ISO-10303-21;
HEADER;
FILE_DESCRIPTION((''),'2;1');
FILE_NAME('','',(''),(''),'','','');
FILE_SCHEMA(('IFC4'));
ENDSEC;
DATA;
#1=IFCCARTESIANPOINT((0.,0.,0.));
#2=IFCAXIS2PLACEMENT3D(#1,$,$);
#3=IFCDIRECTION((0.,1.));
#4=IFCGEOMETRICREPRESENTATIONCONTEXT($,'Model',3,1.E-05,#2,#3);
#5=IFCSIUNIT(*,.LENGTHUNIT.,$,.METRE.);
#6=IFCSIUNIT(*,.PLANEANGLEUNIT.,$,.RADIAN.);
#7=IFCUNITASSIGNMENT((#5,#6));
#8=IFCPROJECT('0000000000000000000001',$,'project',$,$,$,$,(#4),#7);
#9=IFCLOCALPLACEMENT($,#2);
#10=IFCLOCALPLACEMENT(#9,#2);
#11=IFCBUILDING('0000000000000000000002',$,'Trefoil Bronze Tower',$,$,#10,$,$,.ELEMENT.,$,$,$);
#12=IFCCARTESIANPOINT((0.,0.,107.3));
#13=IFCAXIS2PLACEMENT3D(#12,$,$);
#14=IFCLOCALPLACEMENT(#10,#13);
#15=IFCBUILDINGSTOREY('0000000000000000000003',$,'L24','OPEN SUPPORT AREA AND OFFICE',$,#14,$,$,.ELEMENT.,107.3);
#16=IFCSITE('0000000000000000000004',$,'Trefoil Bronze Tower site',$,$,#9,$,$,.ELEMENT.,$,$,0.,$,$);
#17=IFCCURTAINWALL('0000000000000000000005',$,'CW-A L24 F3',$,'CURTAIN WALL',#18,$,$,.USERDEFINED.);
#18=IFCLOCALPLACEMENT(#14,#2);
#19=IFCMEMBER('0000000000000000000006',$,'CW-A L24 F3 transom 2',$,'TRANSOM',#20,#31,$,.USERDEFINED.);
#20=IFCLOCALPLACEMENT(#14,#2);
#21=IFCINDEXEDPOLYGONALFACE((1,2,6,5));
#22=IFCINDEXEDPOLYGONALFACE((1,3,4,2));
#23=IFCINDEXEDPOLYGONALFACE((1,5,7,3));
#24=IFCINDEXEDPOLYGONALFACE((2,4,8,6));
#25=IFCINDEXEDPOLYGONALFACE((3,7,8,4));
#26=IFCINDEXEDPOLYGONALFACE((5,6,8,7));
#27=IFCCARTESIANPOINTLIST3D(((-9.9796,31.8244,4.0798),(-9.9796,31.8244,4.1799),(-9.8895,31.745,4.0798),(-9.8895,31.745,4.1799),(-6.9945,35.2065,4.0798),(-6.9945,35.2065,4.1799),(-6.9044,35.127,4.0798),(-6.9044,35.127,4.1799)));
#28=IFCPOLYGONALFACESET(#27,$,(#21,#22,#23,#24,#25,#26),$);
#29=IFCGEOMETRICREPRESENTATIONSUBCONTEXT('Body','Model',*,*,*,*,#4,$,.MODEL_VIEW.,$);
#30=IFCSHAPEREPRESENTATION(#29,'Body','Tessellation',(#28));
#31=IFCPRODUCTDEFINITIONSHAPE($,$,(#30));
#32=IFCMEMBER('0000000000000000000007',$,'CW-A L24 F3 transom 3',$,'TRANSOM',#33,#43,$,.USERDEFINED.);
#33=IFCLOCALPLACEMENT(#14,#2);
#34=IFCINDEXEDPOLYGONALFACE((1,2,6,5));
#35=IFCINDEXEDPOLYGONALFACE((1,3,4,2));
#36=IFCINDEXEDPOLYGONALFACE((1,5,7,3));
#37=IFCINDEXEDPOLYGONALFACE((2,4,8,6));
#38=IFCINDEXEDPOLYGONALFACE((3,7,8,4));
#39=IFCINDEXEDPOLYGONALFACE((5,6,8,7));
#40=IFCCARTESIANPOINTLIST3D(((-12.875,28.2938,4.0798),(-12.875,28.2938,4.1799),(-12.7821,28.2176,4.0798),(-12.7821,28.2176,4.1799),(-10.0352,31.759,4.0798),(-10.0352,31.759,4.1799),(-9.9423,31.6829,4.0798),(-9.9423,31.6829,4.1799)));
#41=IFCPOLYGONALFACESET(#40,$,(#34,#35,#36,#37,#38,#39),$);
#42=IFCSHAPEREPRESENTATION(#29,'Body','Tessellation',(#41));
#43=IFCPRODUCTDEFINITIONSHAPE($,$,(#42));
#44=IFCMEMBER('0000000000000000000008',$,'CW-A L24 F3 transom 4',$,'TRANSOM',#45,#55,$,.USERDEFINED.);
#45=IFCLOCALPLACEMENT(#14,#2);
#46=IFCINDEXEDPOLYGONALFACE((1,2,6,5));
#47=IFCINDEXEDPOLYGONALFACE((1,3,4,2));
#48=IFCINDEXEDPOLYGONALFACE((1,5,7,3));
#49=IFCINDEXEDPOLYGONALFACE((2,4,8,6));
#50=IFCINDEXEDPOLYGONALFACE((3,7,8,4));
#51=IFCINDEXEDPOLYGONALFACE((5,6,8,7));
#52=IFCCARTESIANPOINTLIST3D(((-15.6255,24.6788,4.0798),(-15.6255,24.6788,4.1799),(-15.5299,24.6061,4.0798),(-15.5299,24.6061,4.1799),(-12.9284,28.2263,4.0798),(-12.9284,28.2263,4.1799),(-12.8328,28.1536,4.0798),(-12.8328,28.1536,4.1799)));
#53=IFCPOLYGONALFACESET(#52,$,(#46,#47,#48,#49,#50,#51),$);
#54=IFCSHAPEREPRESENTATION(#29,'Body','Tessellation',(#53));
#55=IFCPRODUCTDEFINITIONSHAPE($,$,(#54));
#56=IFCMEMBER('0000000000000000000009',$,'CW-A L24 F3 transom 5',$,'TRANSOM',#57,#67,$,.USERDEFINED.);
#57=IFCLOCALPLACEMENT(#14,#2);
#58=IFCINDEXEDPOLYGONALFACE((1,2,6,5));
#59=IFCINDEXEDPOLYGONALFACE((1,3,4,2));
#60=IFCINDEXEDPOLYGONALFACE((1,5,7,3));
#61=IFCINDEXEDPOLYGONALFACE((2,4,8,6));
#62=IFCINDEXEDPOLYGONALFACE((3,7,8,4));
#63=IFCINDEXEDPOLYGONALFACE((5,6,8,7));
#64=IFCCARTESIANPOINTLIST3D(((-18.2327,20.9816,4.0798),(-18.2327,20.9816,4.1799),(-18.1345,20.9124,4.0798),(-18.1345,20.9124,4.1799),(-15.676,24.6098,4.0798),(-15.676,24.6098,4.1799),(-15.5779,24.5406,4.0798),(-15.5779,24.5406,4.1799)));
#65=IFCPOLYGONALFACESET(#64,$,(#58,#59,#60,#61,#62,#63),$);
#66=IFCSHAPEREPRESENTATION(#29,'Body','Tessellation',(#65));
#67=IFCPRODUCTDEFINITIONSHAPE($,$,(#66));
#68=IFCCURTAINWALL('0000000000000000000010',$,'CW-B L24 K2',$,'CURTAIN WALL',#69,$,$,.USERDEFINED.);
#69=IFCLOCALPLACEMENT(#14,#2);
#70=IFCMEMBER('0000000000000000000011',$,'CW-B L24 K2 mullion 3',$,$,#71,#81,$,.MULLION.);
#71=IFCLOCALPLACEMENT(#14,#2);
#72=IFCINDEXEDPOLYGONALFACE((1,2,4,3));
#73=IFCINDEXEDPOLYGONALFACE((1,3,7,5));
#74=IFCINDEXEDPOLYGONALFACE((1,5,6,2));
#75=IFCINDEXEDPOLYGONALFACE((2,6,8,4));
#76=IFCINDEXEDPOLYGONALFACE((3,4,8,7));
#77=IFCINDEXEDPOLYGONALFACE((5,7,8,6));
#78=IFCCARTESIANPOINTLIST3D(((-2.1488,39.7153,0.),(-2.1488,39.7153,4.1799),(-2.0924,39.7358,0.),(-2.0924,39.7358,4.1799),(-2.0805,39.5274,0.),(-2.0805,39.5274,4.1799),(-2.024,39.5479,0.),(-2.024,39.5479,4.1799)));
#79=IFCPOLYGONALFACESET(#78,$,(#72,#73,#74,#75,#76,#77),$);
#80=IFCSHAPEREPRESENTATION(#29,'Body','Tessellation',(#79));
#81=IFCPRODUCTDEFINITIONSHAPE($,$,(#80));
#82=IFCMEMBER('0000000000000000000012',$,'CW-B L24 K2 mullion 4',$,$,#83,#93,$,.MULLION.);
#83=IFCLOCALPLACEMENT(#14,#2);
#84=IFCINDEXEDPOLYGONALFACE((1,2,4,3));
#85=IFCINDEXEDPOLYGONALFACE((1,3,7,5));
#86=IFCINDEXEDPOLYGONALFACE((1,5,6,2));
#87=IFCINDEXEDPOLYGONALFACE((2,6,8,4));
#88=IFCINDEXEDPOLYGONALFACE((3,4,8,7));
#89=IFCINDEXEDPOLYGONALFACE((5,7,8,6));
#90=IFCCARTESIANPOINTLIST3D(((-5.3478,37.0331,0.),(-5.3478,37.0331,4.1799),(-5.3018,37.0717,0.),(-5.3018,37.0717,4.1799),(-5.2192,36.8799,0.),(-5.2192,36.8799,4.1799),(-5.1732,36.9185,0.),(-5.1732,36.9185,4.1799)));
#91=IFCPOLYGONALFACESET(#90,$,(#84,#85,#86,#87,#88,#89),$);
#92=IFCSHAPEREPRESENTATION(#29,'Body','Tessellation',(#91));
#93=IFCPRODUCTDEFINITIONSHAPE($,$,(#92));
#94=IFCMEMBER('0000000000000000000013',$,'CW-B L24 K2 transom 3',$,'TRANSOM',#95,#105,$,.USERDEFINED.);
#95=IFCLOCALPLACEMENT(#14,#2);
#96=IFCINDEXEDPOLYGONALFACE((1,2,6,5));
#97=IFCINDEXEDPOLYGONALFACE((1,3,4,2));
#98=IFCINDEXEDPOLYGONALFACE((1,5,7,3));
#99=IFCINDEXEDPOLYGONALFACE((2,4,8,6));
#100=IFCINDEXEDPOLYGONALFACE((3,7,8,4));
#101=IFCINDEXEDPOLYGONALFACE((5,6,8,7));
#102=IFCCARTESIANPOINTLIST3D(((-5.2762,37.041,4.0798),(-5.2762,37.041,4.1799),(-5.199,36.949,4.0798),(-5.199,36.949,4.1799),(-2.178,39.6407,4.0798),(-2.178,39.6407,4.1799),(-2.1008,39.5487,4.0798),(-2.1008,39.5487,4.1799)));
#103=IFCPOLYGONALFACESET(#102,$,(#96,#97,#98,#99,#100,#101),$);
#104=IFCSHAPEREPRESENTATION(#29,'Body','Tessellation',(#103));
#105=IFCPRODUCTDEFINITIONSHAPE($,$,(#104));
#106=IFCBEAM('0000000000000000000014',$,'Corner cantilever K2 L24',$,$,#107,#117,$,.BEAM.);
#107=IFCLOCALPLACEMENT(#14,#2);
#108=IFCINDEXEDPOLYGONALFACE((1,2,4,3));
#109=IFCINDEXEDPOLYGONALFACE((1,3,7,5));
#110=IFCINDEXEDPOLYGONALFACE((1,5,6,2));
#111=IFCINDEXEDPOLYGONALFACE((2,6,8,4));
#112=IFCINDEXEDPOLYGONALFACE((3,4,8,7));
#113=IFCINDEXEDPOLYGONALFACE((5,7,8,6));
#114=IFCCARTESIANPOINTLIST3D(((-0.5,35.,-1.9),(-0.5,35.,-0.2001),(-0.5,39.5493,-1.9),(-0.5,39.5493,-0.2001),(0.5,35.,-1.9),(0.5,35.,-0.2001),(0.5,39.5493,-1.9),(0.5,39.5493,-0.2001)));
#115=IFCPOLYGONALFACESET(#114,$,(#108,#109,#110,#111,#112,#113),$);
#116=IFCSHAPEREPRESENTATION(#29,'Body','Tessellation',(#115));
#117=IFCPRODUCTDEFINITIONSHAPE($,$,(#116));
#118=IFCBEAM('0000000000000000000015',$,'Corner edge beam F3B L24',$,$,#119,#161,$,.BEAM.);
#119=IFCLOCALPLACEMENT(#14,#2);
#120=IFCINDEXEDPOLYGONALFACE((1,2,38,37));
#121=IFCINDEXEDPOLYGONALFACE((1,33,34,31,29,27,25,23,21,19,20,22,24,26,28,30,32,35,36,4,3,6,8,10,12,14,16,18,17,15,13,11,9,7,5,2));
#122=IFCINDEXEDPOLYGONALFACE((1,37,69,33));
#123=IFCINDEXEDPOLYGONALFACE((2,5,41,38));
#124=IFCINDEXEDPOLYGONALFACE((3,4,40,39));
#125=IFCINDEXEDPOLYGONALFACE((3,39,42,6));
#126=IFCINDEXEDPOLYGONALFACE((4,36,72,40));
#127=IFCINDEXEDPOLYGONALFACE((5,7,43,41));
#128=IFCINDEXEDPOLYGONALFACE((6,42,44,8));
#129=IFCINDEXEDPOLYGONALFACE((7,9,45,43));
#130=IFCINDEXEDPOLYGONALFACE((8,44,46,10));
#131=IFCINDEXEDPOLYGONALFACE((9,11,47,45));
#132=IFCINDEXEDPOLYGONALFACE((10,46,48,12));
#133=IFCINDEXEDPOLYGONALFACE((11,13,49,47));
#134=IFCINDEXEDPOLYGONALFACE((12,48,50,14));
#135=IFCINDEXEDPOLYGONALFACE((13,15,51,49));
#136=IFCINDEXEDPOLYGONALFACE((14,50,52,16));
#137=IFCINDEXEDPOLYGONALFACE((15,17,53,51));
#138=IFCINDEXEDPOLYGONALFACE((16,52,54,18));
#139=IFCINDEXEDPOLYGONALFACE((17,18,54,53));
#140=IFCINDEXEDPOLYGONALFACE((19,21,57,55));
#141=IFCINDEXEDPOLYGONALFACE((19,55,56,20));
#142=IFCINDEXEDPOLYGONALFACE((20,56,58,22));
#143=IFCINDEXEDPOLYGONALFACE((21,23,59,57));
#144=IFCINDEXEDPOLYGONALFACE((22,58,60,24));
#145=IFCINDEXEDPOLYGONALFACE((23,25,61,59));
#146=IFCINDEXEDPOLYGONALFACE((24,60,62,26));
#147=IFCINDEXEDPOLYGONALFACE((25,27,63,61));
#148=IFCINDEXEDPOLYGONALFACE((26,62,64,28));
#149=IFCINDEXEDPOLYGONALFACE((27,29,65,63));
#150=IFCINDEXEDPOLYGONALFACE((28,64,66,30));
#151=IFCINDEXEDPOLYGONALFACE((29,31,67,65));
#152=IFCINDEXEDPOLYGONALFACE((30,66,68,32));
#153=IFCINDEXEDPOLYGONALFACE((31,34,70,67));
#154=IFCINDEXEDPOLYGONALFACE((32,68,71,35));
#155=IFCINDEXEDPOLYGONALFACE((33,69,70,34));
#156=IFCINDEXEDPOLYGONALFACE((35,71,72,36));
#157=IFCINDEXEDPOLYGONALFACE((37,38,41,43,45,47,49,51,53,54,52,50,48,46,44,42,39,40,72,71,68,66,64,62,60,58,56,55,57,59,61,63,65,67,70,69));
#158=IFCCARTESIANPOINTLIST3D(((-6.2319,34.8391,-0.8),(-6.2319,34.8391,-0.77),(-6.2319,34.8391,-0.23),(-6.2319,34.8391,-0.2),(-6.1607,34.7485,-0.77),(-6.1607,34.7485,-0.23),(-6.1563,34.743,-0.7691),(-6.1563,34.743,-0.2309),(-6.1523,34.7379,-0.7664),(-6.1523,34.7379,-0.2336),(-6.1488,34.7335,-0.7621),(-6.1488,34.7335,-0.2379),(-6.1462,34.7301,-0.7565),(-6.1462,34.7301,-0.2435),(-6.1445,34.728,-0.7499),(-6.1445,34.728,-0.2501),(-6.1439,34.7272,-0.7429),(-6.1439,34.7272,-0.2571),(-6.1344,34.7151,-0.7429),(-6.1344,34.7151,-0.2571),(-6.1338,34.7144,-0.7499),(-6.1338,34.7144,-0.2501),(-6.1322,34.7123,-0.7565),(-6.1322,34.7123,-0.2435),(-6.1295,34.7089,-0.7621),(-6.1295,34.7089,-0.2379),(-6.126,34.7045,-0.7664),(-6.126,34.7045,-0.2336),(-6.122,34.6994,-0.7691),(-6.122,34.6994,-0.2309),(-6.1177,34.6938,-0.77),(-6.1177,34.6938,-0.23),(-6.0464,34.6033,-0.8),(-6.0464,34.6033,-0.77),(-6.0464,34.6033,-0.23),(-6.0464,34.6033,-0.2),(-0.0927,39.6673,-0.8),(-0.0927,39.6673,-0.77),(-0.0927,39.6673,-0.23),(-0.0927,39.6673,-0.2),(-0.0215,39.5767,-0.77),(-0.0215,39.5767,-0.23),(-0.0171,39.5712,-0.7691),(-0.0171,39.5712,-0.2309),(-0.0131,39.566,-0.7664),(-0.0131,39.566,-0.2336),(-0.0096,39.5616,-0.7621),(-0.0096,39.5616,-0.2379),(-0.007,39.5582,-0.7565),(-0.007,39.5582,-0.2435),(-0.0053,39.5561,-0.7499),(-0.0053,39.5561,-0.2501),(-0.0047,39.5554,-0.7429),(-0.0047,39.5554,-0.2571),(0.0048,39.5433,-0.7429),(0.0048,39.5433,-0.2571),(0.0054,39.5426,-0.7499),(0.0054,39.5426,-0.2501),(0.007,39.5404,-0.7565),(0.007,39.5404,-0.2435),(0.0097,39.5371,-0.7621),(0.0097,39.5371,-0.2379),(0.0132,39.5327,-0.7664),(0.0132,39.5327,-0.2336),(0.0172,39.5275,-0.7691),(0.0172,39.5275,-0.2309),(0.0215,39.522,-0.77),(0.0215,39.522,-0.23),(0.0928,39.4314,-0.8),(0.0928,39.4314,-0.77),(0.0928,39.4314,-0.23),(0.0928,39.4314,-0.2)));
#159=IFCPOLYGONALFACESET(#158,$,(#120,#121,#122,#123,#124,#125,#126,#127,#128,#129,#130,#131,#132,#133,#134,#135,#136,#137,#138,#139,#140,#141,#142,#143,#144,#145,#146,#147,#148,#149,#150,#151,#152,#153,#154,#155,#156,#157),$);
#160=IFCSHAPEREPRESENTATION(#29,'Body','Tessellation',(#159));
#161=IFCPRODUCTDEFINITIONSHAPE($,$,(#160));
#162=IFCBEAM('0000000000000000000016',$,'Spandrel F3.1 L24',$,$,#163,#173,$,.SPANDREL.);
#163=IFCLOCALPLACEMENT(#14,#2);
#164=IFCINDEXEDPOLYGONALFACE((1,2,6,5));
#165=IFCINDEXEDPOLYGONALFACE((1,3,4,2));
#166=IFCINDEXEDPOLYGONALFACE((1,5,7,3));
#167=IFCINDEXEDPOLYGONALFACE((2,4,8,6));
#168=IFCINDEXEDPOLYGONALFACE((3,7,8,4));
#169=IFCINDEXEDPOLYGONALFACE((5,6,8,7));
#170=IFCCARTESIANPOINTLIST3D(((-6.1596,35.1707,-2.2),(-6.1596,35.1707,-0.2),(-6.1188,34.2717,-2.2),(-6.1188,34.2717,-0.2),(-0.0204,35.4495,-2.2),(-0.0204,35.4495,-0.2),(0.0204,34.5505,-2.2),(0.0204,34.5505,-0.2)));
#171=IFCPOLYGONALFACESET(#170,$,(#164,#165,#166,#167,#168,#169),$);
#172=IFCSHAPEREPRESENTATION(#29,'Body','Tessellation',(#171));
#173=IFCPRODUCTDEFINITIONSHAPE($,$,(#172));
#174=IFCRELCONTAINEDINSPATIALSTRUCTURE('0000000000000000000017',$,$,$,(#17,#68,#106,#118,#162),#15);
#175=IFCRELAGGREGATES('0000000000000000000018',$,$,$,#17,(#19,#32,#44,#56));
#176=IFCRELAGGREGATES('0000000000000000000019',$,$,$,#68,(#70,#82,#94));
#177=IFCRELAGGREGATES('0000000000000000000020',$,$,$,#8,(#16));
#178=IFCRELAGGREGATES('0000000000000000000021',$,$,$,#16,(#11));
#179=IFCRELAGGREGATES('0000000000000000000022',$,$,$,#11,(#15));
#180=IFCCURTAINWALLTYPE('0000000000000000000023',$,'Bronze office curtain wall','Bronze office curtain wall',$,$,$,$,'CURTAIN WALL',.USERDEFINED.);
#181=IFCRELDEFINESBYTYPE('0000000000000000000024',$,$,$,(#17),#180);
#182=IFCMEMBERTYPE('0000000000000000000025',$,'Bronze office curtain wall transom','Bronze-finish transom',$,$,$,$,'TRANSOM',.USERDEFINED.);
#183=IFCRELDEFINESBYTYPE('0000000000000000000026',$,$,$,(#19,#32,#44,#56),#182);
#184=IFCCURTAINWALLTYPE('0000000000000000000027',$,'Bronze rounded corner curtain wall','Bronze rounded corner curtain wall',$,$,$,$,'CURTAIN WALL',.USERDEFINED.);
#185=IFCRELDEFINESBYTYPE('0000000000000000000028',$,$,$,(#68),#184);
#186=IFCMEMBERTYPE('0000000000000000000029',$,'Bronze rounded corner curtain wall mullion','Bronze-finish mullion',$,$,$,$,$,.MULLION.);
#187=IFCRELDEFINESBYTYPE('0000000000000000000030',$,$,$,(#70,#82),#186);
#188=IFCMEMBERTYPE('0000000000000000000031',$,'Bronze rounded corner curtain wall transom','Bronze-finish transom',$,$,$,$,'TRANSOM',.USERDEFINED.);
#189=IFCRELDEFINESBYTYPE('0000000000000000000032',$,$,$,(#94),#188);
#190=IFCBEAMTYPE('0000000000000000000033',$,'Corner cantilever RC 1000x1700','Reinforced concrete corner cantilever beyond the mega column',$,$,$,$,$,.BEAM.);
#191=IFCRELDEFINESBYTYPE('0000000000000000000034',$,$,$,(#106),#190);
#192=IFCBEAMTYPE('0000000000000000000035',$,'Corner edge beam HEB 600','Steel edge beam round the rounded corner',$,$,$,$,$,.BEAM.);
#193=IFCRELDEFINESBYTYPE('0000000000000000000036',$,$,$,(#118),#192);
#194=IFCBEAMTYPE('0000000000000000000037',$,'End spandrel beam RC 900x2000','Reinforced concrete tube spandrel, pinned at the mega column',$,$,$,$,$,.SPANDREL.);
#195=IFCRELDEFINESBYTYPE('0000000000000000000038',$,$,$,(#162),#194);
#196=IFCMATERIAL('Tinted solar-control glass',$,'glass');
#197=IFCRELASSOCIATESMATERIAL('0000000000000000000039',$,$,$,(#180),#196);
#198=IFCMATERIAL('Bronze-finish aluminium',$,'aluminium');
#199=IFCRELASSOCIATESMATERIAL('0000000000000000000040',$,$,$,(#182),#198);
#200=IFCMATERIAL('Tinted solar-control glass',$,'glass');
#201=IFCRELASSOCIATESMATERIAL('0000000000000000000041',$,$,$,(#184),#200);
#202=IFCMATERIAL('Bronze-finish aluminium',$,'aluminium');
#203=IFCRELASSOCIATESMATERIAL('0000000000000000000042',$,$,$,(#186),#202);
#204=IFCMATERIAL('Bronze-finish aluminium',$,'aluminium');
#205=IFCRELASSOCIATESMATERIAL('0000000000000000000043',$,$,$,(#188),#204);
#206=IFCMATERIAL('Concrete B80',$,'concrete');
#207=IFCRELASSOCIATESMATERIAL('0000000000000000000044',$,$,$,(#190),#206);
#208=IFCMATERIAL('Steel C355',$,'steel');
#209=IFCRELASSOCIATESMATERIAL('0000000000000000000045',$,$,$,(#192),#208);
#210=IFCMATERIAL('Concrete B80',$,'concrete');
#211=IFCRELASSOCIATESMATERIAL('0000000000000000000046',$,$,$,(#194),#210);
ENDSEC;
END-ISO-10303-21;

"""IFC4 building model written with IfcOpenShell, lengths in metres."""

from ifc_helpers import new_model, si_unit, direction, frame, origin, origin_2d, place, context, subcontext, project, spatial, rectangle, i_section, extrude, material, material_profile, profile_set, type_object, element, aggregate, save


model = new_model("IFC4")

# Units and contexts
model_context = context("Model", 3, precision=1e-05, world=origin(), true_north=direction((0.0, 1.0)))
body_context = subcontext(model_context, "Body", "Model", "MODEL_VIEW")
ifc_project = project(units=[si_unit("LENGTHUNIT", "METRE"), si_unit("PLANEANGLEUNIT", "RADIAN")], contexts=[model_context])

# Site, building, storey
site_placement = place(None, origin())
site = spatial("IfcSite", under=ifc_project, at=site_placement, Name="Trefoil Bronze Tower site", CompositionType="ELEMENT", RefElevation=0.0)
building_placement = place(site_placement, origin())
building = spatial("IfcBuilding", under=site, at=building_placement, Name="Trefoil Bronze Tower", CompositionType="ELEMENT")
storey_placement = place(building_placement, frame((0.0, 0.0, 107.3)))
storey = spatial("IfcBuildingStorey", under=building, at=storey_placement, Name="L24", Description="OPEN SUPPORT AREA AND OFFICE", CompositionType="ELEMENT", Elevation=107.3)

# Curtain walls, members
ifc_material_1 = material(Name="Tinted solar-control glass", Category="glass")
curtain_wall_type_1 = type_object("IfcCurtainWallType", Name="Bronze office curtain wall", Description="Bronze office curtain wall", ElementType="CURTAIN WALL", PredefinedType="USERDEFINED", material=ifc_material_1)
curtain_wall_1_placement = place(storey_placement, origin())
curtain_wall_1 = element("IfcCurtainWall", 1, at=curtain_wall_1_placement, inside=storey, type_object=curtain_wall_type_1, Name="CW-A L24 F3", ObjectType="CURTAIN WALL", PredefinedType="USERDEFINED")
ifc_material_2 = material(Name="Bronze-finish aluminium", Category="aluminium")
ifc_material_profile_1 = material_profile(ifc_material_2, rectangle(XDim=0.1201, YDim=0.1001, at=origin_2d()), Name="CW-A transom")
ifc_profile_set_1 = profile_set([ifc_material_profile_1], Name="Bronze-finish aluminium")
member_type_1 = type_object("IfcMemberType", Name="Bronze office curtain wall transom", Description="Bronze-finish transom", ElementType="TRANSOM", PredefinedType="USERDEFINED", material=ifc_profile_set_1)
member_1_placement = place(storey_placement, frame((-6.9495, 35.1667, 4.1299), z_axis=(-0.661736, -0.749737, 0.0), x_axis=(0.749737, -0.661736, 0.0)))
member_1 = element("IfcMember", 2, at=member_1_placement, type_object=member_type_1, Name="CW-A L24 F3 transom 2", ObjectType="TRANSOM", PredefinedType="USERDEFINED", context=body_context, shape_type="SweptSolid", body=[
    extrude(rectangle(XDim=0.1201, YDim=0.1001, at=origin_2d()), origin(), (0.0, 0.0, 1.0), 4.511),
])
member_2_placement = place(storey_placement, frame((-9.9888, 31.7209, 4.1299), z_axis=(-0.633849, -0.773457, 0.0), x_axis=(0.773457, -0.633849, 0.0)))
member_2 = element("IfcMember", 3, at=member_2_placement, type_object=member_type_1, Name="CW-A L24 F3 transom 3", ObjectType="TRANSOM", PredefinedType="USERDEFINED", context=body_context, shape_type="SweptSolid", body=[
    extrude(rectangle(XDim=0.1201, YDim=0.1001, at=origin_2d()), origin(), (0.0, 0.0, 1.0), 4.4802),
])
member_3_placement = place(storey_placement, frame((-12.8806, 28.1899, 4.1299), z_axis=(-0.605229, -0.796051, 0.0), x_axis=(0.796051, -0.605229, 0.0)))
member_3 = element("IfcMember", 4, at=member_3_placement, type_object=member_type_1, Name="CW-A L24 F3 transom 4", ObjectType="TRANSOM", PredefinedType="USERDEFINED", context=body_context, shape_type="SweptSolid", body=[
    extrude(rectangle(XDim=0.1201, YDim=0.1001, at=origin_2d()), origin(), (0.0, 0.0, 1.0), 4.4563),
])
member_4_placement = place(storey_placement, frame((-15.627, 24.5752, 4.1299), z_axis=(-0.576018, -0.817437, 0.0), x_axis=(0.817437, -0.576018, 0.0)))
member_4 = element("IfcMember", 5, at=member_4_placement, type_object=member_type_1, Name="CW-A L24 F3 transom 5", ObjectType="TRANSOM", PredefinedType="USERDEFINED", context=body_context, shape_type="SweptSolid", body=[
    extrude(rectangle(XDim=0.1201, YDim=0.1001, at=origin_2d()), origin(), (0.0, 0.0, 1.0), 4.4385),
])
ifc_material_3 = material(Name="Tinted solar-control glass", Category="glass")
curtain_wall_type_2 = type_object("IfcCurtainWallType", Name="Bronze rounded corner curtain wall", Description="Bronze rounded corner curtain wall", ElementType="CURTAIN WALL", PredefinedType="USERDEFINED", material=ifc_material_3)
curtain_wall_2_placement = place(storey_placement, origin())
curtain_wall_2 = element("IfcCurtainWall", 6, at=curtain_wall_2_placement, inside=storey, type_object=curtain_wall_type_2, Name="CW-B L24 K2", ObjectType="CURTAIN WALL", PredefinedType="USERDEFINED")
ifc_material_4 = material(Name="Bronze-finish aluminium", Category="aluminium")
ifc_material_profile_2 = material_profile(ifc_material_4, rectangle(XDim=0.2, YDim=0.0601, at=origin_2d()), Name="CW-B mullion")
ifc_profile_set_2 = profile_set([ifc_material_profile_2], Name="Bronze-finish aluminium")
member_type_2 = type_object("IfcMemberType", Name="Bronze rounded corner curtain wall mullion", Description="Bronze-finish mullion", PredefinedType="MULLION", material=ifc_profile_set_2)
member_5_placement = place(storey_placement, frame((-2.0864, 39.6316, 0.0), z_axis=(0.0, 0.0, 1.0), x_axis=(0.34202, -0.939693, 0.0)))
member_5 = element("IfcMember", 7, at=member_5_placement, type_object=member_type_2, Name="CW-B L24 K2 mullion 3", PredefinedType="MULLION", context=body_context, shape_type="SweptSolid", body=[
    extrude(rectangle(XDim=0.2, YDim=0.0601, at=origin_2d()), origin(), (0.0, 0.0, 1.0), 4.1799),
])
member_6_placement = place(storey_placement, frame((-5.2605, 36.9758, 0.0), z_axis=(0.0, 0.0, 1.0), x_axis=(0.642788, -0.766044, 0.0)))
member_6 = element("IfcMember", 8, at=member_6_placement, type_object=member_type_2, Name="CW-B L24 K2 mullion 4", PredefinedType="MULLION", context=body_context, shape_type="SweptSolid", body=[
    extrude(rectangle(XDim=0.2, YDim=0.0601, at=origin_2d()), origin(), (0.0, 0.0, 1.0), 4.1799),
])
ifc_material_5 = material(Name="Bronze-finish aluminium", Category="aluminium")
ifc_material_profile_3 = material_profile(ifc_material_5, rectangle(XDim=0.1201, YDim=0.1001, at=origin_2d()), Name="CW-B transom")
ifc_profile_set_3 = profile_set([ifc_material_profile_3], Name="Bronze-finish aluminium")
member_type_3 = type_object("IfcMemberType", Name="Bronze rounded corner curtain wall transom", Description="Bronze-finish transom", ElementType="TRANSOM", PredefinedType="USERDEFINED", material=ifc_profile_set_3)
member_7_placement = place(storey_placement, frame((-2.1394, 39.5947, 4.1299), z_axis=(-0.76605, -0.642781, 0.0), x_axis=(0.642781, -0.76605, 0.0)))
member_7 = element("IfcMember", 9, at=member_7_placement, type_object=member_type_3, Name="CW-B L24 K2 transom 3", ObjectType="TRANSOM", PredefinedType="USERDEFINED", context=body_context, shape_type="SweptSolid", body=[
    extrude(rectangle(XDim=0.1201, YDim=0.1001, at=origin_2d()), origin(), (0.0, 0.0, 1.0), 4.0444),
])

# Beams
ifc_material_6 = material(Name="Concrete B80", Category="concrete")
ifc_material_profile_4 = material_profile(ifc_material_6, rectangle(XDim=1.0, YDim=1.7, at=origin_2d()), Name="RC 1000x1700")
ifc_profile_set_4 = profile_set([ifc_material_profile_4], Name="Concrete B80")
beam_type_1 = type_object("IfcBeamType", Name="Corner cantilever RC 1000x1700", Description="Reinforced concrete corner cantilever beyond the mega column", PredefinedType="BEAM", material=ifc_profile_set_4)
beam_1_placement = place(storey_placement, frame((0.0, 35.0, -1.05), z_axis=(0.0, 1.0, 0.0), x_axis=(-1.0, 0.0, 0.0)))
element("IfcBeam", 10, at=beam_1_placement, inside=storey, type_object=beam_type_1, Name="Corner cantilever K2 L24", PredefinedType="BEAM", context=body_context, shape_type="SweptSolid", body=[
    extrude(rectangle(XDim=1.0, YDim=1.7, at=origin_2d()), origin(), (0.0, 0.0, 1.0), 4.5493),
])
ifc_material_7 = material(Name="Steel C355", Category="steel")
ifc_material_profile_5 = material_profile(ifc_material_7, i_section(OverallWidth=0.3, OverallDepth=0.6001, WebThickness=0.0154, FlangeThickness=0.03, FilletRadius=0.0271, at=origin_2d()), Name="HEB 600")
ifc_profile_set_5 = profile_set([ifc_material_profile_5], Name="Steel C355")
beam_type_2 = type_object("IfcBeamType", Name="Corner edge beam HEB 600", Description="Steel edge beam round the rounded corner", PredefinedType="BEAM", material=ifc_profile_set_5)
beam_2_placement = place(storey_placement, frame((-6.1392, 34.7212, -0.5), z_axis=(0.786038, 0.618178, 0.0), x_axis=(-0.618178, 0.786038, 0.0)))
element("IfcBeam", 11, at=beam_2_placement, inside=storey, type_object=beam_type_2, Name="Corner edge beam F3B L24", PredefinedType="BEAM", context=body_context, shape_type="SweptSolid", body=[
    extrude(i_section(OverallWidth=0.3, OverallDepth=0.6001, WebThickness=0.0154, FlangeThickness=0.03, FilletRadius=0.0271, at=origin_2d()), origin(), (0.0, 0.0, 1.0), 7.8103),
])
ifc_material_8 = material(Name="Concrete B80", Category="concrete")
ifc_material_profile_6 = material_profile(ifc_material_8, rectangle(XDim=0.8999, YDim=2.0, at=origin_2d()), Name="RC 900x2000")
ifc_profile_set_6 = profile_set([ifc_material_profile_6], Name="Concrete B80")
beam_type_3 = type_object("IfcBeamType", Name="End spandrel beam RC 900x2000", Description="Reinforced concrete tube spandrel, pinned at the mega column", PredefinedType="SPANDREL", material=ifc_profile_set_6)
beam_3_placement = place(storey_placement, frame((0.0, 35.0, -1.2), z_axis=(-0.99897, -0.045368, 0.0), x_axis=(0.045368, -0.99897, 0.0)))
element("IfcBeam", 12, at=beam_3_placement, inside=storey, type_object=beam_type_3, Name="Spandrel F3.1 L24", PredefinedType="SPANDREL", context=body_context, shape_type="SweptSolid", body=[
    extrude(rectangle(XDim=0.8999, YDim=2.0, at=origin_2d()), origin(), (0.0, 0.0, 1.0), 6.1455),
])

aggregate(curtain_wall_1, [member_1, member_2, member_3, member_4])
aggregate(curtain_wall_2, [member_5, member_6, member_7])

save(model, "model.ifc")
